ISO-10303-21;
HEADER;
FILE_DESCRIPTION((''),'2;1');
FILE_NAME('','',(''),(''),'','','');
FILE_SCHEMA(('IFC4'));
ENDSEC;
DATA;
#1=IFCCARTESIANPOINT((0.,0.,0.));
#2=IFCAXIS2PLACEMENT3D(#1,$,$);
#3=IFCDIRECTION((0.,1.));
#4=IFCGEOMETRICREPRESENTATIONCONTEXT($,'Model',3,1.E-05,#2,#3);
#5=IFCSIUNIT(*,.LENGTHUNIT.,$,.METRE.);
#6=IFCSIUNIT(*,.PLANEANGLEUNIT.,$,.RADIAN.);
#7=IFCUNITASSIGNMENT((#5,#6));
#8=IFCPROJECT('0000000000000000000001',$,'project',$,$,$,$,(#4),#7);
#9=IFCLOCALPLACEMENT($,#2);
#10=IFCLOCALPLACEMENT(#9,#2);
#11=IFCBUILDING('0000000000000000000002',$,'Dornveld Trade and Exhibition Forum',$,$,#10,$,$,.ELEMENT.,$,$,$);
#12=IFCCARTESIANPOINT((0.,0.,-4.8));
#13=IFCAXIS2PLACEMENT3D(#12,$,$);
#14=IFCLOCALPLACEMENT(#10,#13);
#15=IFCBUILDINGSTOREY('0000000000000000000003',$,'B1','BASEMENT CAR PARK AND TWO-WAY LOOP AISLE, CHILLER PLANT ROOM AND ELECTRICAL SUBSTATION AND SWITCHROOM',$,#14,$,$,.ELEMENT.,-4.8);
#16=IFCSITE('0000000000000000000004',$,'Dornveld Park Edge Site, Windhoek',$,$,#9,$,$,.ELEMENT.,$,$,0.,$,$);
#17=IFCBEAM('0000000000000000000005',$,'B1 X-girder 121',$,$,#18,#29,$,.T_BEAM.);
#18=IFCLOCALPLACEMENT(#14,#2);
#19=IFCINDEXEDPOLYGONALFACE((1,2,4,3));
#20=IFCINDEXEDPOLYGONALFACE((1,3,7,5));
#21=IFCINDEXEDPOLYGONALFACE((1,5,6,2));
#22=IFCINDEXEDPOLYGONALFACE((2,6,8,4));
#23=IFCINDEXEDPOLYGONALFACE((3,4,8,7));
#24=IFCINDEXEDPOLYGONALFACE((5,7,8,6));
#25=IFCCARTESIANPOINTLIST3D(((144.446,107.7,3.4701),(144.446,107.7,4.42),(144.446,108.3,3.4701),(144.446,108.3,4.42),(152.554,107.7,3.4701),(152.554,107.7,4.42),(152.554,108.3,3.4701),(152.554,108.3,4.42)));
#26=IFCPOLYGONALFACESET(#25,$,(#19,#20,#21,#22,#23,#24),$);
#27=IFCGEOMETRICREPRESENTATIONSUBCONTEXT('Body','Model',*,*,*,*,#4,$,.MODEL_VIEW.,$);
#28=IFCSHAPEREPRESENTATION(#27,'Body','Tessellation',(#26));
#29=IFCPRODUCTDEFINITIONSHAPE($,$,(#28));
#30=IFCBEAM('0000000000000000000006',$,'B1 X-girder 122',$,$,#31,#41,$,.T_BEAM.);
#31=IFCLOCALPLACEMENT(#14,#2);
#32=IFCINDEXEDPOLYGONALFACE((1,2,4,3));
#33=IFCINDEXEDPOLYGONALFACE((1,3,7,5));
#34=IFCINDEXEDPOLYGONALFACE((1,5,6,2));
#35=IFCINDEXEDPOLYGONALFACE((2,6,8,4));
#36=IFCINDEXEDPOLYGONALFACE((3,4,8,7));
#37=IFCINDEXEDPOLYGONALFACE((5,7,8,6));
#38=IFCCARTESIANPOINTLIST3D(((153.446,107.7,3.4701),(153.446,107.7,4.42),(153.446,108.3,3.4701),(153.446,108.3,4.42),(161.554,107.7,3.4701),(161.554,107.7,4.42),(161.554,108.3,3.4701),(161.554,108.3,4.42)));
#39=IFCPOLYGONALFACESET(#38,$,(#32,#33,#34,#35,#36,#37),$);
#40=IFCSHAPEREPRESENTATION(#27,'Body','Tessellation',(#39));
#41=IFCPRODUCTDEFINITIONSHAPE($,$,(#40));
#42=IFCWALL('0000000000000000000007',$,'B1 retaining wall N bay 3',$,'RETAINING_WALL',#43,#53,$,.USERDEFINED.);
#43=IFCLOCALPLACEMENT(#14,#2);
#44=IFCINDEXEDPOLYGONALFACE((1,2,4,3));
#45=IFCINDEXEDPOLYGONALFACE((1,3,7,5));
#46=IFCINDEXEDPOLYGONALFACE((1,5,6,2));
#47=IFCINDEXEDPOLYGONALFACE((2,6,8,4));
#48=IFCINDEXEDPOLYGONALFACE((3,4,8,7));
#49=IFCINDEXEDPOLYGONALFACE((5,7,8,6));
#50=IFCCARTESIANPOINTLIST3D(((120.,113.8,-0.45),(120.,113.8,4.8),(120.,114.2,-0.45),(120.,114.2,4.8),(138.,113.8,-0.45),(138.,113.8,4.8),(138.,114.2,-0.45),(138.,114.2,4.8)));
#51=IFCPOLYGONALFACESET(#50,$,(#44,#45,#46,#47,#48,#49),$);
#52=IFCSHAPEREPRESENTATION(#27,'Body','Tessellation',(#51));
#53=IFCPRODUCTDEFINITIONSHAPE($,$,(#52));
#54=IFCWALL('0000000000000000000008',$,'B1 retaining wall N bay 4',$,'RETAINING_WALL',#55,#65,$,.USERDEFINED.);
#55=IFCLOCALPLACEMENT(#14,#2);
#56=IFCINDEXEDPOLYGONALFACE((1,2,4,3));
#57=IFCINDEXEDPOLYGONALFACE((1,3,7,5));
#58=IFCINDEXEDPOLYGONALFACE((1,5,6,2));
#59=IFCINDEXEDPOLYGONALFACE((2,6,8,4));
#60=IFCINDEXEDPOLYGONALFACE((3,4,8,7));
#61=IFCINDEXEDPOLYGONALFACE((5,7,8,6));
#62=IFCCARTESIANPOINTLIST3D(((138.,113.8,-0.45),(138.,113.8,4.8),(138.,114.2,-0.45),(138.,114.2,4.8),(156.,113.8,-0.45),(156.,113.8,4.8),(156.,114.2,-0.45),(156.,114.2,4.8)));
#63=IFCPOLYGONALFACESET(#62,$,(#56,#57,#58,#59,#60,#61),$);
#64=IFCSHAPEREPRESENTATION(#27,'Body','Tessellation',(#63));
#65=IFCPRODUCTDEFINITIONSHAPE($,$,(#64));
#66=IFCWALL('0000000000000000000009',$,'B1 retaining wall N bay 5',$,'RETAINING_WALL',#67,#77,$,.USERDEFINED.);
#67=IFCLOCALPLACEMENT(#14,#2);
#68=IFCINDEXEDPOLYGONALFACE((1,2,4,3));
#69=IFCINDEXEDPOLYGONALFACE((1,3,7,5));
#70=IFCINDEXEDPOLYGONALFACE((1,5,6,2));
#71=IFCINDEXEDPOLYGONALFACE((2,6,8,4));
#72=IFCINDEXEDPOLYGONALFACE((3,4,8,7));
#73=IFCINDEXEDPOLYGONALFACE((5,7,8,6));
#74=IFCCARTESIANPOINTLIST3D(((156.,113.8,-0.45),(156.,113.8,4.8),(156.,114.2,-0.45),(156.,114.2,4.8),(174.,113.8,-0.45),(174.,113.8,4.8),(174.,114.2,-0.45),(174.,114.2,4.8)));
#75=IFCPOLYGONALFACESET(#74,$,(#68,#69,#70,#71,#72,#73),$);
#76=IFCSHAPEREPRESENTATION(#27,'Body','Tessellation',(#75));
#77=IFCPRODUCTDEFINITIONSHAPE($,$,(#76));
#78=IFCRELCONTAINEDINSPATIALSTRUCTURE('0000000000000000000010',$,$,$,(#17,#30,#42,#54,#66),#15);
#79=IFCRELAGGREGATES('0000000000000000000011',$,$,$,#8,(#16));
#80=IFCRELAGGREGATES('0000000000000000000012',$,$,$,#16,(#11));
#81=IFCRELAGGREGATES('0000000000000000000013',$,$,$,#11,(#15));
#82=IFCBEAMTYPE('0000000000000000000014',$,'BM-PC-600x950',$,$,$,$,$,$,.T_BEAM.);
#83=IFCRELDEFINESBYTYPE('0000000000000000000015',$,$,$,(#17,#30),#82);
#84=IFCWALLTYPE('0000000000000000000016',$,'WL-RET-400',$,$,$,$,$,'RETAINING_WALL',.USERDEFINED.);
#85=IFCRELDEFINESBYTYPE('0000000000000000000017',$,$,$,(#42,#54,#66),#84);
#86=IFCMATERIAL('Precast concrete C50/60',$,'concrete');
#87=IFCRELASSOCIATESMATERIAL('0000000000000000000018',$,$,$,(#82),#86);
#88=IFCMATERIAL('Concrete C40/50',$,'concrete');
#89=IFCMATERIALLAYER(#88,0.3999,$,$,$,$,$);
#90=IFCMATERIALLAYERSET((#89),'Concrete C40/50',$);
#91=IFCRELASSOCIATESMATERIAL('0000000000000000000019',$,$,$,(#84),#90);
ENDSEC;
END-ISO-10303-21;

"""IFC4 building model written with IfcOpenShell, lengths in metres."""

from ifc_helpers import new_model, si_unit, direction, frame, frame_2d, origin, origin_2d, place, context, subcontext, project, spatial, rectangle, extrude, material, layer, layer_set, material_profile, profile_set, type_object, element, save


model = new_model("IFC4")

# Units and contexts
model_context = context("Model", 3, precision=1e-05, world=origin(), true_north=direction((0.0, 1.0)))
body_context = subcontext(model_context, "Body", "Model", "MODEL_VIEW")
ifc_project = project(units=[si_unit("LENGTHUNIT", "METRE"), si_unit("PLANEANGLEUNIT", "RADIAN")], contexts=[model_context])

# Site, building, storey
site_placement = place(None, origin())
site = spatial("IfcSite", under=ifc_project, at=site_placement, Name="Dornveld Park Edge Site, Windhoek", CompositionType="ELEMENT", RefElevation=0.0)
building_placement = place(site_placement, origin())
building = spatial("IfcBuilding", under=site, at=building_placement, Name="Dornveld Trade and Exhibition Forum", CompositionType="ELEMENT")
storey_placement = place(building_placement, frame((0.0, 0.0, -4.8)))
storey = spatial("IfcBuildingStorey", under=building, at=storey_placement, Name="B1", Description="BASEMENT CAR PARK AND TWO-WAY LOOP AISLE, CHILLER PLANT ROOM AND ELECTRICAL SUBSTATION AND SWITCHROOM", CompositionType="ELEMENT", Elevation=-4.8)

# Beams
ifc_material_1 = material(Name="Precast concrete C50/60", Category="concrete")
ifc_material_profile_1 = material_profile(ifc_material_1, rectangle(XDim=0.6001, YDim=0.95, at=origin_2d()), Name="PC-GIR 600x950")
ifc_profile_set_1 = profile_set([ifc_material_profile_1], Name="Precast concrete C50/60")
beam_type = type_object("IfcBeamType", Name="BM-PC-600x950", PredefinedType="T_BEAM", material=ifc_profile_set_1)
for number, where, z_axis, x_axis, name in (
    (1, (144.446, 108.0, 3.9451), (1.0, 0.0, 0.0), (0.0, 1.0, 0.0), "B1 X-girder 121"),
    (2, (153.446, 108.0, 3.9451), (1.0, 0.0, 0.0), (0.0, 1.0, 0.0), "B1 X-girder 122"),
):
    element("IfcBeam", number, at=place(storey_placement, frame(where, z_axis=z_axis, x_axis=x_axis)), inside=storey, type_object=beam_type, Name=name, PredefinedType="T_BEAM", context=body_context, shape_type="SweptSolid", body=[
        extrude(rectangle(XDim=0.6001, YDim=0.95, at=origin_2d()), origin(), (0.0, 0.0, 1.0), 8.1079),
    ])

# Walls
ifc_material_2 = material(Name="Concrete C40/50", Category="concrete")
ifc_layer = layer(ifc_material_2, 0.3999)
ifc_layer_set = layer_set([ifc_layer], Name="Concrete C40/50")
wall_type = type_object("IfcWallType", Name="WL-RET-400", ElementType="RETAINING_WALL", PredefinedType="USERDEFINED", material=ifc_layer_set)
for number, where, z_axis, x_axis, name in (
    (3, (120.0, 114.0, -0.45), (0.0, 0.0, 1.0), (1.0, 0.0, 0.0), "B1 retaining wall N bay 3"),
    (4, (138.0, 114.0, -0.45), (0.0, 0.0, 1.0), (1.0, 0.0, 0.0), "B1 retaining wall N bay 4"),
    (5, (156.0, 114.0, -0.45), (0.0, 0.0, 1.0), (1.0, 0.0, 0.0), "B1 retaining wall N bay 5"),
):
    element("IfcWall", number, at=place(storey_placement, frame(where, z_axis=z_axis, x_axis=x_axis)), inside=storey, type_object=wall_type, Name=name, ObjectType="RETAINING_WALL", PredefinedType="USERDEFINED", context=body_context, shape_type="SweptSolid", body=[
        extrude(rectangle(XDim=18.0, YDim=0.3999, at=frame_2d((9.0, 0.0))), origin(), (0.0, 0.0, 1.0), 5.25),
    ])

save(model, "model.ifc")
